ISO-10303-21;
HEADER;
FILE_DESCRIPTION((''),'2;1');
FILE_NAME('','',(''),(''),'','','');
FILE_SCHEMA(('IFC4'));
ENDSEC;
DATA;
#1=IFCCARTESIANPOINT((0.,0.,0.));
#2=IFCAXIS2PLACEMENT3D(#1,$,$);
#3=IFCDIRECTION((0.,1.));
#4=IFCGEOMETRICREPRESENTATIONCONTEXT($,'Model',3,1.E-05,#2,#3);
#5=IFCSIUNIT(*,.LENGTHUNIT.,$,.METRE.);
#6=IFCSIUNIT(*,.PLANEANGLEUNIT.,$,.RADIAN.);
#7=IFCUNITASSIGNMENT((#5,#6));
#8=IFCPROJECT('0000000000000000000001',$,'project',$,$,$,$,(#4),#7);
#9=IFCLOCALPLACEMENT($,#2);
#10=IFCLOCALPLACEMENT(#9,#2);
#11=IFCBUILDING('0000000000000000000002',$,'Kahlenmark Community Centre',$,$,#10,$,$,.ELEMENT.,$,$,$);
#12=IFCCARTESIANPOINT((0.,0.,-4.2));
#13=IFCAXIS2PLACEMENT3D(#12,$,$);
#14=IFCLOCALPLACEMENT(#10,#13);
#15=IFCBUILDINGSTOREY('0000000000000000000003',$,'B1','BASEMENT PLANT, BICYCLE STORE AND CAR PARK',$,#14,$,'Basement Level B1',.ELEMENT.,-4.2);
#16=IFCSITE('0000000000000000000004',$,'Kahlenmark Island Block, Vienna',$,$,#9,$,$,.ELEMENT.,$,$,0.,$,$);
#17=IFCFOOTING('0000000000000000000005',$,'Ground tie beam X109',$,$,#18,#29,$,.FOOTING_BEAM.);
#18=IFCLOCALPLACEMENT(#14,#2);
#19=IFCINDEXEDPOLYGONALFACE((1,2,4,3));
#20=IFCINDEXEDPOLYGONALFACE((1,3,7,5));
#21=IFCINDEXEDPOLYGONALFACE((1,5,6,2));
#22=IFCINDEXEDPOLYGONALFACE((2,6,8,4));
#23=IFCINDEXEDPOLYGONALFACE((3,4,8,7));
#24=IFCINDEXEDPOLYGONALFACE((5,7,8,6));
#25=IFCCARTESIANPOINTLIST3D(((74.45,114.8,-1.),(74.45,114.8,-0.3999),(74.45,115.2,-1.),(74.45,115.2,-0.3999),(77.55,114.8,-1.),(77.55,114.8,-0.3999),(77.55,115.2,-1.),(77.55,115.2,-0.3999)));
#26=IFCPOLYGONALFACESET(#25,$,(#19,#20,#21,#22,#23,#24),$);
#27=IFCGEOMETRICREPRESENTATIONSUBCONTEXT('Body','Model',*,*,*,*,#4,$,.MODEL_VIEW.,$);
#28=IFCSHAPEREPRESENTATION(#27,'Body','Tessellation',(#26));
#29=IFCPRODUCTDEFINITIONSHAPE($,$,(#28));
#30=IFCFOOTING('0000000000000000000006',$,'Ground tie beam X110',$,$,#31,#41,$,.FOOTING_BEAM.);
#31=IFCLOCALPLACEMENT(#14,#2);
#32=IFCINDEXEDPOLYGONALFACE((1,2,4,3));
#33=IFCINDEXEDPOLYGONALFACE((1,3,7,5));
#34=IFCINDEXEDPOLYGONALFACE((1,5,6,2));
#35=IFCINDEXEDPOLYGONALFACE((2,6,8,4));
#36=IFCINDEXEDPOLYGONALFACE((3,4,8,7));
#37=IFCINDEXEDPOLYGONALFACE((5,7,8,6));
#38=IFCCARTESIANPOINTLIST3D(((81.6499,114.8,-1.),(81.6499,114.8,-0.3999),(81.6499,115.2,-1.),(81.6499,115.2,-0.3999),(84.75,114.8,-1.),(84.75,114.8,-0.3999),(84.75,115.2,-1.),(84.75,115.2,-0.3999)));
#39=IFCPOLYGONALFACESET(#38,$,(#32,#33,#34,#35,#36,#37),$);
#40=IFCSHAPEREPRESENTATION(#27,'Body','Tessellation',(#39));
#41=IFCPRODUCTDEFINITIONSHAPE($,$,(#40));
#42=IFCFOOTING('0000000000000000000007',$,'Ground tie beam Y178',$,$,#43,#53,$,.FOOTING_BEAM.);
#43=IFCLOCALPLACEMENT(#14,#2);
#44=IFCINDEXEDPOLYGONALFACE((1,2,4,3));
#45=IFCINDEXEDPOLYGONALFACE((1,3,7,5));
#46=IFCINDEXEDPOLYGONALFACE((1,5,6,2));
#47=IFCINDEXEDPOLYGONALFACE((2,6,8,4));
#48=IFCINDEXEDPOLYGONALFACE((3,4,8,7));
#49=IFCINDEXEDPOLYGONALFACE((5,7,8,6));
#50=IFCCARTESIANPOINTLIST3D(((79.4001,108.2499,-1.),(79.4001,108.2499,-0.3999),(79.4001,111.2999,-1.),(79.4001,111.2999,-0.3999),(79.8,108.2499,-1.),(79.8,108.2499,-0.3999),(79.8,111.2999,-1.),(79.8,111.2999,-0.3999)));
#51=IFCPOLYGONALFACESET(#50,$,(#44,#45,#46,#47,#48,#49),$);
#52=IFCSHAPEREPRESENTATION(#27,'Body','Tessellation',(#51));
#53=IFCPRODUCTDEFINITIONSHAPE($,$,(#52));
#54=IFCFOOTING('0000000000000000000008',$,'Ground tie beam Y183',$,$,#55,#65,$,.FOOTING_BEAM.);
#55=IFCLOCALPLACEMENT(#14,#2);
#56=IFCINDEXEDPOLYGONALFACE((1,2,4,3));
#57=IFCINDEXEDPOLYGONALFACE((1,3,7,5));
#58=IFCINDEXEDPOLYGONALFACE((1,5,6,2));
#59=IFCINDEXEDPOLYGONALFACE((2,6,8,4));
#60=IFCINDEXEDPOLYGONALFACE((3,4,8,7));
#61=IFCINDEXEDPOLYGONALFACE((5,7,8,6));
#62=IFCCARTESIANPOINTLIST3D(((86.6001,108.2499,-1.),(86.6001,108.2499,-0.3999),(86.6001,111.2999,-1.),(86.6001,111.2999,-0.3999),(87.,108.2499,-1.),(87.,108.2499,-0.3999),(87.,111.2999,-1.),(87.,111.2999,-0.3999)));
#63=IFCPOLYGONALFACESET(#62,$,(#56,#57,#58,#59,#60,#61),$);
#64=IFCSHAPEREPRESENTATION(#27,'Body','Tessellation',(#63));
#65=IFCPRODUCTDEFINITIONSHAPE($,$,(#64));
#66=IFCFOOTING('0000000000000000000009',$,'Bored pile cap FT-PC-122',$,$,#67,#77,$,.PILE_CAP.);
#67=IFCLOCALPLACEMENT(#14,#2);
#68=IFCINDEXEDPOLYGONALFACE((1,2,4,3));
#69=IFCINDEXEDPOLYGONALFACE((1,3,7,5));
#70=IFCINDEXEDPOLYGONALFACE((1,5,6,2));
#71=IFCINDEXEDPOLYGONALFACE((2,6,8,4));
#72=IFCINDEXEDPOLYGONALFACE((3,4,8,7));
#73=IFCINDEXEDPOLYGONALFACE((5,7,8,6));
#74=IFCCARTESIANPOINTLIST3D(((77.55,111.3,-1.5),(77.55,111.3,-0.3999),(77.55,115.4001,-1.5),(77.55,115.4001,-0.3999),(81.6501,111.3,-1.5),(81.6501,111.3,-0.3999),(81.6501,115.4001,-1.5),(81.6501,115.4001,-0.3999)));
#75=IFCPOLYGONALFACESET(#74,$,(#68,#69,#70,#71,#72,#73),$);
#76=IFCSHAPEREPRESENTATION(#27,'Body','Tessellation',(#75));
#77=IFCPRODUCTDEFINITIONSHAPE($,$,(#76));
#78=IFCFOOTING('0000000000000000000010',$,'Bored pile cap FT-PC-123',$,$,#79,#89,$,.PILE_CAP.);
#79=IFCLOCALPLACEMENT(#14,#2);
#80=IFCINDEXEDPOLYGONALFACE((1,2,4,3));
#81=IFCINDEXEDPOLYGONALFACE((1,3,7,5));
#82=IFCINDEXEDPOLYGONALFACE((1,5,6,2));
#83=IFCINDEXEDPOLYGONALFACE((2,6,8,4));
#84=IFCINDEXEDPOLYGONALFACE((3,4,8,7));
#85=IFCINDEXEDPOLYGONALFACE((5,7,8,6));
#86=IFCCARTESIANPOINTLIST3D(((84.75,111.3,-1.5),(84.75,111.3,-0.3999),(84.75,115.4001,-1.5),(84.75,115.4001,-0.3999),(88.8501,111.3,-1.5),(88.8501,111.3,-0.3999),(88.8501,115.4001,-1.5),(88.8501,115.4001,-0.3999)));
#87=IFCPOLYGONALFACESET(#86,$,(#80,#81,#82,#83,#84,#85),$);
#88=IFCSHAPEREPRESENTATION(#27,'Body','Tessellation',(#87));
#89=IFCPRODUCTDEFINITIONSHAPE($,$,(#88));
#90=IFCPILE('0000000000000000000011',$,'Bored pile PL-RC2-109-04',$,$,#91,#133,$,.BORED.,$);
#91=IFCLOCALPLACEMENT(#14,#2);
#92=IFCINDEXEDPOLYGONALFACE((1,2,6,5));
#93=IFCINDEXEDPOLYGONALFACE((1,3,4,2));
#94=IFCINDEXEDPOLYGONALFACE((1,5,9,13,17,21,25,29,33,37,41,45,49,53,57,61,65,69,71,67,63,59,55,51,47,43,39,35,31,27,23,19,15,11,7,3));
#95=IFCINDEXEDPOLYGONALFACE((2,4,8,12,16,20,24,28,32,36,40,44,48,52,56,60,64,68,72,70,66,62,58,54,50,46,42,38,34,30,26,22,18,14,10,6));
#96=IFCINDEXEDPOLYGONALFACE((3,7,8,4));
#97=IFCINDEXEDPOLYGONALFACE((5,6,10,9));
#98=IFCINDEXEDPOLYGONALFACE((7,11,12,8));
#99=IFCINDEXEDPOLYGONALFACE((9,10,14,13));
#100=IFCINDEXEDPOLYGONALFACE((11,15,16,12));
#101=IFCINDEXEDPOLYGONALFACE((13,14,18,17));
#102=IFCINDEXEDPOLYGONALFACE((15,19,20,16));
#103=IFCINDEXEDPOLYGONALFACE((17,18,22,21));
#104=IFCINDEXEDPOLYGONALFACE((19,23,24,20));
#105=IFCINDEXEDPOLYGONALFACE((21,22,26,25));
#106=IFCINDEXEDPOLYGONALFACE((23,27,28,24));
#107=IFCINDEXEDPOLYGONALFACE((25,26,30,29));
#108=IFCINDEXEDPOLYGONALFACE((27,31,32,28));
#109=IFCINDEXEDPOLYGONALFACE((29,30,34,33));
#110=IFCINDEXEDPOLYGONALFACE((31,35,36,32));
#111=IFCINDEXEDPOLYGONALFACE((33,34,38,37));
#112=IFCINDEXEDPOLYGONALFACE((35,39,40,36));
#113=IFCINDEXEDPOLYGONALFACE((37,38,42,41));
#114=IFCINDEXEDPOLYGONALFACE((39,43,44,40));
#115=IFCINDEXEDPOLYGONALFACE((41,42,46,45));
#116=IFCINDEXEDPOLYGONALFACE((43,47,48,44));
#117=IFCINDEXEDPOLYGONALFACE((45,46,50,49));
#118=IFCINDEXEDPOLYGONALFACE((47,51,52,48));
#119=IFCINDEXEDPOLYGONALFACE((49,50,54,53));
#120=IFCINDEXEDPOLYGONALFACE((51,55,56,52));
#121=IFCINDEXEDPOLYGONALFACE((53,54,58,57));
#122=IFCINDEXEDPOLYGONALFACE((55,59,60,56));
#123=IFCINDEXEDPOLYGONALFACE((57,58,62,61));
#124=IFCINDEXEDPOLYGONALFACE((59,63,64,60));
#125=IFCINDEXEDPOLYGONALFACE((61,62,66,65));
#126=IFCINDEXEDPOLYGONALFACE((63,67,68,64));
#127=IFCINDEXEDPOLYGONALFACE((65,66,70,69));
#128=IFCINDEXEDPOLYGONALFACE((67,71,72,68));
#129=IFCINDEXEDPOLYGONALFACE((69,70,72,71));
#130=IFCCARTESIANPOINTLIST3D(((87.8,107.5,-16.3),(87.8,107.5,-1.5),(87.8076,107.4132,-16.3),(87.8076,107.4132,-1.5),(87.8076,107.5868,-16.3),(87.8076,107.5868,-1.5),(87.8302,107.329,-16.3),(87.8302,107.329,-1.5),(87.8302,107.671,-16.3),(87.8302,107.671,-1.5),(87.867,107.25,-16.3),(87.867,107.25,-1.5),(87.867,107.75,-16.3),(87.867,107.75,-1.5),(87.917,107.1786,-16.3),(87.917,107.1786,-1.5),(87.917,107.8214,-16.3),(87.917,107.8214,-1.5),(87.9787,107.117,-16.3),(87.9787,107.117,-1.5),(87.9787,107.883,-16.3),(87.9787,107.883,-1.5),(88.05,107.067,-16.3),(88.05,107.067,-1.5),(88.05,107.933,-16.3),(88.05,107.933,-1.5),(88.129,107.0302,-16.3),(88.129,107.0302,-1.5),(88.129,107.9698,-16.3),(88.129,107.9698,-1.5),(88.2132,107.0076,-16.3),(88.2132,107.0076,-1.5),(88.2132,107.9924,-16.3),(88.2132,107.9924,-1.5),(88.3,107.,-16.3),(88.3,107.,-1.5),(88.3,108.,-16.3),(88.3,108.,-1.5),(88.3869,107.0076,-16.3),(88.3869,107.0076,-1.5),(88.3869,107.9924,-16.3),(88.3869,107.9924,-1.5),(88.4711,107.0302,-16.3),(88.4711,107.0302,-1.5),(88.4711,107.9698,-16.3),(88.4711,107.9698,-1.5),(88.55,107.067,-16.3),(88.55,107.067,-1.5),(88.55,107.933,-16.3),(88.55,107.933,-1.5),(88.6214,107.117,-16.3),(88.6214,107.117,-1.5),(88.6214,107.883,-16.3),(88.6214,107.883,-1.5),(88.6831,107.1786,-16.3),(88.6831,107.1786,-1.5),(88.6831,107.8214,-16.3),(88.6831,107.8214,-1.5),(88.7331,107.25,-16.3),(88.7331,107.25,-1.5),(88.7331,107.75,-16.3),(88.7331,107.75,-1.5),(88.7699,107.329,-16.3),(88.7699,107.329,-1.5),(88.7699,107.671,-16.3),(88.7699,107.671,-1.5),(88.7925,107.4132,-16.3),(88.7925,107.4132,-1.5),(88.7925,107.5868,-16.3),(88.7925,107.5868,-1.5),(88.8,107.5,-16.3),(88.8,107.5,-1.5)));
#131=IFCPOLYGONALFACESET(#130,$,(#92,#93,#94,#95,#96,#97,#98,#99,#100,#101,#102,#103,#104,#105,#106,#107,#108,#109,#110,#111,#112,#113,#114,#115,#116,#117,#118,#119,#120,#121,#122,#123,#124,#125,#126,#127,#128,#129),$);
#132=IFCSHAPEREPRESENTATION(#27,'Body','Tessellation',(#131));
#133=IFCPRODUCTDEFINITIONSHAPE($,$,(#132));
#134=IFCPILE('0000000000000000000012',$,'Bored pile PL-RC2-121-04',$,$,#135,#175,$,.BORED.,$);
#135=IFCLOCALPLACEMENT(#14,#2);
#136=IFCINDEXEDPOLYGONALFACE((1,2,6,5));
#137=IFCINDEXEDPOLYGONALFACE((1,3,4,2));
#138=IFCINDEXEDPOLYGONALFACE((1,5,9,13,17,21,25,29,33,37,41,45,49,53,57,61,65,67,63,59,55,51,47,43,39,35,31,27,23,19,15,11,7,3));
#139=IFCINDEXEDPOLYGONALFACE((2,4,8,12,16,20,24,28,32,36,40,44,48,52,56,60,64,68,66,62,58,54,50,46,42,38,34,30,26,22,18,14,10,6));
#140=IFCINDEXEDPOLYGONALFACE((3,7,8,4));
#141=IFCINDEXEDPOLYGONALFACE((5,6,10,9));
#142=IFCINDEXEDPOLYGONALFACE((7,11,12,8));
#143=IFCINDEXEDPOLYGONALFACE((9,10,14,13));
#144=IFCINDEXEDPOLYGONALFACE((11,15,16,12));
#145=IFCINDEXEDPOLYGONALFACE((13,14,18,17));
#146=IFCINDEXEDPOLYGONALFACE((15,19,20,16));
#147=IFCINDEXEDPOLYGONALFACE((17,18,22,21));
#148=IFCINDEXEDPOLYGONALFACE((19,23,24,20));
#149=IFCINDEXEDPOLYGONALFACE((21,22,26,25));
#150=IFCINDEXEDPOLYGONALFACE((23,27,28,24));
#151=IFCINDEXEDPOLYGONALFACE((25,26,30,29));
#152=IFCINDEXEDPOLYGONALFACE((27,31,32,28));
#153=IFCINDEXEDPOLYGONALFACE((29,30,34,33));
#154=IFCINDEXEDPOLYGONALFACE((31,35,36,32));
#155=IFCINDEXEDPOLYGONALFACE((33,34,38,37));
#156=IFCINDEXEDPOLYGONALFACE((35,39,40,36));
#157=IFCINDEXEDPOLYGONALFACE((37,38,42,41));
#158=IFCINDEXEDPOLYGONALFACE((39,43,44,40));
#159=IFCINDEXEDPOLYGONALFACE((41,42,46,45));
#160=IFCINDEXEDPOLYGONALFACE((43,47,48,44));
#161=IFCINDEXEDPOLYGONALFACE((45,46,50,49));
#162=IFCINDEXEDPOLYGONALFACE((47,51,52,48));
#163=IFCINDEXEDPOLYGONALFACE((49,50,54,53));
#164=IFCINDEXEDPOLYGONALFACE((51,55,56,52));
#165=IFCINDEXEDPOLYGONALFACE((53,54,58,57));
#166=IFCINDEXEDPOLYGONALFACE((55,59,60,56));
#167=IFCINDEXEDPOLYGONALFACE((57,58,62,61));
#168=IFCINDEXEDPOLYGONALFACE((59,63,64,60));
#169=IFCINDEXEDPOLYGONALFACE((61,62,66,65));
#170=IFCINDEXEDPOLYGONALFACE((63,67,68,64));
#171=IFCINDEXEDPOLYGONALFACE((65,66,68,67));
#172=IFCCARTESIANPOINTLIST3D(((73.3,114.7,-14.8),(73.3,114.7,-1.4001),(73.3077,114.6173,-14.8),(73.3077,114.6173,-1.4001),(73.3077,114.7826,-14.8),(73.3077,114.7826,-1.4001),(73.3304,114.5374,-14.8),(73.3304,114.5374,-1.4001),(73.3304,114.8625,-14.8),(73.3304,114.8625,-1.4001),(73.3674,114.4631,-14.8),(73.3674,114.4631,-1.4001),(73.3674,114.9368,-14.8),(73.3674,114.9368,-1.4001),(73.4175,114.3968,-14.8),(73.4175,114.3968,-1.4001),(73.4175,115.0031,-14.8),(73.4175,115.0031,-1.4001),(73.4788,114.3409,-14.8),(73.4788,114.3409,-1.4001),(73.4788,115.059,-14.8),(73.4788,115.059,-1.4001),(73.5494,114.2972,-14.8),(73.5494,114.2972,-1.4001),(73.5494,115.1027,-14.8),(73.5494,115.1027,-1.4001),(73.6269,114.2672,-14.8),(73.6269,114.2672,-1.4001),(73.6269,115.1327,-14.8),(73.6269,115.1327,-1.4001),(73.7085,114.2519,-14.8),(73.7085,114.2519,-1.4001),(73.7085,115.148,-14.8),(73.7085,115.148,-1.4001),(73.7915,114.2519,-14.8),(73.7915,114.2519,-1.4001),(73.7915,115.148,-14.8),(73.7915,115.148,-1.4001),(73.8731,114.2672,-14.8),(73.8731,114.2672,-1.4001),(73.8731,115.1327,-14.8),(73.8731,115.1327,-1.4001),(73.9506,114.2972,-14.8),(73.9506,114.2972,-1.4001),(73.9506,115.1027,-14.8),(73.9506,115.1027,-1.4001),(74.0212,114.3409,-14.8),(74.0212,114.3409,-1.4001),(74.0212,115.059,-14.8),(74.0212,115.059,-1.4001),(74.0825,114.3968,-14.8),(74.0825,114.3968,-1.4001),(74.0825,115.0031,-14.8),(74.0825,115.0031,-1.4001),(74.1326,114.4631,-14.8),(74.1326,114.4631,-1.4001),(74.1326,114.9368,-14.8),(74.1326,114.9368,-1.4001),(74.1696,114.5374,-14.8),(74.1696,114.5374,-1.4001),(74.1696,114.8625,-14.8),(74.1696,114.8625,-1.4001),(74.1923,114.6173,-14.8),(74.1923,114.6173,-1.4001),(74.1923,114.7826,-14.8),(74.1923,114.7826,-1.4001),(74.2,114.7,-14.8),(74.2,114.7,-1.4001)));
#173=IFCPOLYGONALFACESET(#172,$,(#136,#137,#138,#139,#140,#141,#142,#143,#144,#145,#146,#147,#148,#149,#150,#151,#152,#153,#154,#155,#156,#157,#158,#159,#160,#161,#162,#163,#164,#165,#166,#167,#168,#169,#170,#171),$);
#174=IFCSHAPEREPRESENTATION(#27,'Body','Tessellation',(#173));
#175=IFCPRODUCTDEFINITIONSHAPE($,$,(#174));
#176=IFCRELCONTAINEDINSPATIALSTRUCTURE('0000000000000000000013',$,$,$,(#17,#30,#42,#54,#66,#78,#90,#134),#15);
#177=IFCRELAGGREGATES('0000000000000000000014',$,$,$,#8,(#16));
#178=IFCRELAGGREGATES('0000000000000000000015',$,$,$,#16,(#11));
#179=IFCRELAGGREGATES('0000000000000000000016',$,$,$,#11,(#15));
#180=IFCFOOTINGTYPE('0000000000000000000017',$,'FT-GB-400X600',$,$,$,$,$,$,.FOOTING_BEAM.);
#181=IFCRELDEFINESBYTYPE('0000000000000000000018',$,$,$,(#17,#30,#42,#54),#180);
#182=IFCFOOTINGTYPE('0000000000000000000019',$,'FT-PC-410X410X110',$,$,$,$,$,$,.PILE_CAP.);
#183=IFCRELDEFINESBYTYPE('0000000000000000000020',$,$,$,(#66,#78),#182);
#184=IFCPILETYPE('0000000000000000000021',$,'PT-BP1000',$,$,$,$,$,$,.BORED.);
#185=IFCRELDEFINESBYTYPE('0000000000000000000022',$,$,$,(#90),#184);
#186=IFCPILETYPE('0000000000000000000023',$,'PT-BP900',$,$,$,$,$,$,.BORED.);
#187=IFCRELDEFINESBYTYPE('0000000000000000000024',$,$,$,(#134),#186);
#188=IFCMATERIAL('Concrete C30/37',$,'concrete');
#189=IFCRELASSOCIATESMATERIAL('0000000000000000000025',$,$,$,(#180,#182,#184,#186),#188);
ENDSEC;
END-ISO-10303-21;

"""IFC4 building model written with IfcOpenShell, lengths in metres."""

from ifc_helpers import new_model, si_unit, direction, frame, origin, origin_2d, place, context, subcontext, project, spatial, rectangle, circle, extrude, material, material_profile, profile_set, type_object, element, save


model = new_model("IFC4")

# Units and contexts
model_context = context("Model", 3, precision=1e-05, world=origin(), true_north=direction((0.0, 1.0)))
body_context = subcontext(model_context, "Body", "Model", "MODEL_VIEW")
ifc_project = project(units=[si_unit("LENGTHUNIT", "METRE"), si_unit("PLANEANGLEUNIT", "RADIAN")], contexts=[model_context])

# Site, building, storey
site_placement = place(None, origin())
site = spatial("IfcSite", under=ifc_project, at=site_placement, Name="Kahlenmark Island Block, Vienna", CompositionType="ELEMENT", RefElevation=0.0)
building_placement = place(site_placement, origin())
building = spatial("IfcBuilding", under=site, at=building_placement, Name="Kahlenmark Community Centre", CompositionType="ELEMENT")
storey_placement = place(building_placement, frame((0.0, 0.0, -4.2)))
storey = spatial("IfcBuildingStorey", under=building, at=storey_placement, Name="B1", Description="BASEMENT PLANT, BICYCLE STORE AND CAR PARK", LongName="Basement Level B1", CompositionType="ELEMENT", Elevation=-4.2)

# Footings
ifc_material_1 = material(Name="Concrete C30/37", Category="concrete")
footing_type_1 = type_object("IfcFootingType", Name="FT-GB-400X600", PredefinedType="FOOTING_BEAM", material=ifc_material_1)
for number, where, z_axis, x_axis, name in (
    (1, (76.0, 115.0, -1.0), (0.0, 0.0, 1.0), (1.0, 0.0, 0.0), "Ground tie beam X109"),
    (2, (83.2, 115.0, -1.0), (0.0, 0.0, 1.0), (1.0, 0.0, 0.0), "Ground tie beam X110"),
):
    element("IfcFooting", number, at=place(storey_placement, frame(where, z_axis=z_axis, x_axis=x_axis)), inside=storey, type_object=footing_type_1, Name=name, PredefinedType="FOOTING_BEAM", context=body_context, shape_type="SweptSolid", body=[
        extrude(rectangle(XDim=3.1001, YDim=0.3999, at=origin_2d()), origin(), (0.0, 0.0, 1.0), 0.6001),
    ])
for number, where, z_axis, x_axis, name in (
    (3, (79.6001, 109.7749, -1.0), (0.0, 0.0, 1.0), (1.0, 0.0, 0.0), "Ground tie beam Y178"),
    (4, (86.8, 109.7749, -1.0), (0.0, 0.0, 1.0), (1.0, 0.0, 0.0), "Ground tie beam Y183"),
):
    element("IfcFooting", number, at=place(storey_placement, frame(where, z_axis=z_axis, x_axis=x_axis)), inside=storey, type_object=footing_type_1, Name=name, PredefinedType="FOOTING_BEAM", context=body_context, shape_type="SweptSolid", body=[
        extrude(rectangle(XDim=0.3999, YDim=3.05, at=origin_2d()), origin(), (0.0, 0.0, 1.0), 0.6001),
    ])
footing_type_2 = type_object("IfcFootingType", Name="FT-PC-410X410X110", PredefinedType="PILE_CAP", material=ifc_material_1)
for number, where, z_axis, x_axis, name in (
    (5, (79.6001, 113.3501, -1.5), (0.0, 0.0, 1.0), (1.0, 0.0, 0.0), "Bored pile cap FT-PC-122"),
    (6, (86.8, 113.3501, -1.5), (0.0, 0.0, 1.0), (1.0, 0.0, 0.0), "Bored pile cap FT-PC-123"),
):
    element("IfcFooting", number, at=place(storey_placement, frame(where, z_axis=z_axis, x_axis=x_axis)), inside=storey, type_object=footing_type_2, Name=name, PredefinedType="PILE_CAP", context=body_context, shape_type="SweptSolid", body=[
        extrude(rectangle(XDim=4.1001, YDim=4.1001, at=origin_2d()), origin(), (0.0, 0.0, 1.0), 1.1001),
    ])

# Piles
ifc_material_profile_1 = material_profile(ifc_material_1, circle(Radius=0.5, at=origin_2d()), Name="BORED PILE 1000")
ifc_profile_set_1 = profile_set([ifc_material_profile_1], Name="Concrete C30/37")
pile_type_1 = type_object("IfcPileType", Name="PT-BP1000", PredefinedType="BORED", material=ifc_profile_set_1)
pile_placement = place(storey_placement, frame((88.3, 107.5, -1.5), z_axis=(0.0, 0.0, -1.0), x_axis=(1.0, 0.0, 0.0)))
element("IfcPile", 7, at=pile_placement, inside=storey, type_object=pile_type_1, Name="Bored pile PL-RC2-109-04", PredefinedType="BORED", context=body_context, shape_type="SweptSolid", body=[
    extrude(circle(Radius=0.5, at=origin_2d()), origin(), (0.0, 0.0, 1.0), 14.8),
])
ifc_material_profile_2 = material_profile(ifc_material_1, circle(Radius=0.45, at=origin_2d()), Name="BORED PILE 900")
ifc_profile_set_2 = profile_set([ifc_material_profile_2], Name="Concrete C30/37")
pile_type_2 = type_object("IfcPileType", Name="PT-BP900", PredefinedType="BORED", material=ifc_profile_set_2)
for number, where, z_axis, x_axis, name in (
    (8, (73.75, 114.7, -1.4001), (0.0, 0.0, -1.0), (1.0, 0.0, 0.0), "Bored pile PL-RC2-121-04"),
):
    element("IfcPile", number, at=place(storey_placement, frame(where, z_axis=z_axis, x_axis=x_axis)), inside=storey, type_object=pile_type_2, Name=name, PredefinedType="BORED", context=body_context, shape_type="SweptSolid", body=[
        extrude(circle(Radius=0.45, at=origin_2d()), origin(), (0.0, 0.0, 1.0), 13.3999),
    ])

save(model, "model.ifc")
